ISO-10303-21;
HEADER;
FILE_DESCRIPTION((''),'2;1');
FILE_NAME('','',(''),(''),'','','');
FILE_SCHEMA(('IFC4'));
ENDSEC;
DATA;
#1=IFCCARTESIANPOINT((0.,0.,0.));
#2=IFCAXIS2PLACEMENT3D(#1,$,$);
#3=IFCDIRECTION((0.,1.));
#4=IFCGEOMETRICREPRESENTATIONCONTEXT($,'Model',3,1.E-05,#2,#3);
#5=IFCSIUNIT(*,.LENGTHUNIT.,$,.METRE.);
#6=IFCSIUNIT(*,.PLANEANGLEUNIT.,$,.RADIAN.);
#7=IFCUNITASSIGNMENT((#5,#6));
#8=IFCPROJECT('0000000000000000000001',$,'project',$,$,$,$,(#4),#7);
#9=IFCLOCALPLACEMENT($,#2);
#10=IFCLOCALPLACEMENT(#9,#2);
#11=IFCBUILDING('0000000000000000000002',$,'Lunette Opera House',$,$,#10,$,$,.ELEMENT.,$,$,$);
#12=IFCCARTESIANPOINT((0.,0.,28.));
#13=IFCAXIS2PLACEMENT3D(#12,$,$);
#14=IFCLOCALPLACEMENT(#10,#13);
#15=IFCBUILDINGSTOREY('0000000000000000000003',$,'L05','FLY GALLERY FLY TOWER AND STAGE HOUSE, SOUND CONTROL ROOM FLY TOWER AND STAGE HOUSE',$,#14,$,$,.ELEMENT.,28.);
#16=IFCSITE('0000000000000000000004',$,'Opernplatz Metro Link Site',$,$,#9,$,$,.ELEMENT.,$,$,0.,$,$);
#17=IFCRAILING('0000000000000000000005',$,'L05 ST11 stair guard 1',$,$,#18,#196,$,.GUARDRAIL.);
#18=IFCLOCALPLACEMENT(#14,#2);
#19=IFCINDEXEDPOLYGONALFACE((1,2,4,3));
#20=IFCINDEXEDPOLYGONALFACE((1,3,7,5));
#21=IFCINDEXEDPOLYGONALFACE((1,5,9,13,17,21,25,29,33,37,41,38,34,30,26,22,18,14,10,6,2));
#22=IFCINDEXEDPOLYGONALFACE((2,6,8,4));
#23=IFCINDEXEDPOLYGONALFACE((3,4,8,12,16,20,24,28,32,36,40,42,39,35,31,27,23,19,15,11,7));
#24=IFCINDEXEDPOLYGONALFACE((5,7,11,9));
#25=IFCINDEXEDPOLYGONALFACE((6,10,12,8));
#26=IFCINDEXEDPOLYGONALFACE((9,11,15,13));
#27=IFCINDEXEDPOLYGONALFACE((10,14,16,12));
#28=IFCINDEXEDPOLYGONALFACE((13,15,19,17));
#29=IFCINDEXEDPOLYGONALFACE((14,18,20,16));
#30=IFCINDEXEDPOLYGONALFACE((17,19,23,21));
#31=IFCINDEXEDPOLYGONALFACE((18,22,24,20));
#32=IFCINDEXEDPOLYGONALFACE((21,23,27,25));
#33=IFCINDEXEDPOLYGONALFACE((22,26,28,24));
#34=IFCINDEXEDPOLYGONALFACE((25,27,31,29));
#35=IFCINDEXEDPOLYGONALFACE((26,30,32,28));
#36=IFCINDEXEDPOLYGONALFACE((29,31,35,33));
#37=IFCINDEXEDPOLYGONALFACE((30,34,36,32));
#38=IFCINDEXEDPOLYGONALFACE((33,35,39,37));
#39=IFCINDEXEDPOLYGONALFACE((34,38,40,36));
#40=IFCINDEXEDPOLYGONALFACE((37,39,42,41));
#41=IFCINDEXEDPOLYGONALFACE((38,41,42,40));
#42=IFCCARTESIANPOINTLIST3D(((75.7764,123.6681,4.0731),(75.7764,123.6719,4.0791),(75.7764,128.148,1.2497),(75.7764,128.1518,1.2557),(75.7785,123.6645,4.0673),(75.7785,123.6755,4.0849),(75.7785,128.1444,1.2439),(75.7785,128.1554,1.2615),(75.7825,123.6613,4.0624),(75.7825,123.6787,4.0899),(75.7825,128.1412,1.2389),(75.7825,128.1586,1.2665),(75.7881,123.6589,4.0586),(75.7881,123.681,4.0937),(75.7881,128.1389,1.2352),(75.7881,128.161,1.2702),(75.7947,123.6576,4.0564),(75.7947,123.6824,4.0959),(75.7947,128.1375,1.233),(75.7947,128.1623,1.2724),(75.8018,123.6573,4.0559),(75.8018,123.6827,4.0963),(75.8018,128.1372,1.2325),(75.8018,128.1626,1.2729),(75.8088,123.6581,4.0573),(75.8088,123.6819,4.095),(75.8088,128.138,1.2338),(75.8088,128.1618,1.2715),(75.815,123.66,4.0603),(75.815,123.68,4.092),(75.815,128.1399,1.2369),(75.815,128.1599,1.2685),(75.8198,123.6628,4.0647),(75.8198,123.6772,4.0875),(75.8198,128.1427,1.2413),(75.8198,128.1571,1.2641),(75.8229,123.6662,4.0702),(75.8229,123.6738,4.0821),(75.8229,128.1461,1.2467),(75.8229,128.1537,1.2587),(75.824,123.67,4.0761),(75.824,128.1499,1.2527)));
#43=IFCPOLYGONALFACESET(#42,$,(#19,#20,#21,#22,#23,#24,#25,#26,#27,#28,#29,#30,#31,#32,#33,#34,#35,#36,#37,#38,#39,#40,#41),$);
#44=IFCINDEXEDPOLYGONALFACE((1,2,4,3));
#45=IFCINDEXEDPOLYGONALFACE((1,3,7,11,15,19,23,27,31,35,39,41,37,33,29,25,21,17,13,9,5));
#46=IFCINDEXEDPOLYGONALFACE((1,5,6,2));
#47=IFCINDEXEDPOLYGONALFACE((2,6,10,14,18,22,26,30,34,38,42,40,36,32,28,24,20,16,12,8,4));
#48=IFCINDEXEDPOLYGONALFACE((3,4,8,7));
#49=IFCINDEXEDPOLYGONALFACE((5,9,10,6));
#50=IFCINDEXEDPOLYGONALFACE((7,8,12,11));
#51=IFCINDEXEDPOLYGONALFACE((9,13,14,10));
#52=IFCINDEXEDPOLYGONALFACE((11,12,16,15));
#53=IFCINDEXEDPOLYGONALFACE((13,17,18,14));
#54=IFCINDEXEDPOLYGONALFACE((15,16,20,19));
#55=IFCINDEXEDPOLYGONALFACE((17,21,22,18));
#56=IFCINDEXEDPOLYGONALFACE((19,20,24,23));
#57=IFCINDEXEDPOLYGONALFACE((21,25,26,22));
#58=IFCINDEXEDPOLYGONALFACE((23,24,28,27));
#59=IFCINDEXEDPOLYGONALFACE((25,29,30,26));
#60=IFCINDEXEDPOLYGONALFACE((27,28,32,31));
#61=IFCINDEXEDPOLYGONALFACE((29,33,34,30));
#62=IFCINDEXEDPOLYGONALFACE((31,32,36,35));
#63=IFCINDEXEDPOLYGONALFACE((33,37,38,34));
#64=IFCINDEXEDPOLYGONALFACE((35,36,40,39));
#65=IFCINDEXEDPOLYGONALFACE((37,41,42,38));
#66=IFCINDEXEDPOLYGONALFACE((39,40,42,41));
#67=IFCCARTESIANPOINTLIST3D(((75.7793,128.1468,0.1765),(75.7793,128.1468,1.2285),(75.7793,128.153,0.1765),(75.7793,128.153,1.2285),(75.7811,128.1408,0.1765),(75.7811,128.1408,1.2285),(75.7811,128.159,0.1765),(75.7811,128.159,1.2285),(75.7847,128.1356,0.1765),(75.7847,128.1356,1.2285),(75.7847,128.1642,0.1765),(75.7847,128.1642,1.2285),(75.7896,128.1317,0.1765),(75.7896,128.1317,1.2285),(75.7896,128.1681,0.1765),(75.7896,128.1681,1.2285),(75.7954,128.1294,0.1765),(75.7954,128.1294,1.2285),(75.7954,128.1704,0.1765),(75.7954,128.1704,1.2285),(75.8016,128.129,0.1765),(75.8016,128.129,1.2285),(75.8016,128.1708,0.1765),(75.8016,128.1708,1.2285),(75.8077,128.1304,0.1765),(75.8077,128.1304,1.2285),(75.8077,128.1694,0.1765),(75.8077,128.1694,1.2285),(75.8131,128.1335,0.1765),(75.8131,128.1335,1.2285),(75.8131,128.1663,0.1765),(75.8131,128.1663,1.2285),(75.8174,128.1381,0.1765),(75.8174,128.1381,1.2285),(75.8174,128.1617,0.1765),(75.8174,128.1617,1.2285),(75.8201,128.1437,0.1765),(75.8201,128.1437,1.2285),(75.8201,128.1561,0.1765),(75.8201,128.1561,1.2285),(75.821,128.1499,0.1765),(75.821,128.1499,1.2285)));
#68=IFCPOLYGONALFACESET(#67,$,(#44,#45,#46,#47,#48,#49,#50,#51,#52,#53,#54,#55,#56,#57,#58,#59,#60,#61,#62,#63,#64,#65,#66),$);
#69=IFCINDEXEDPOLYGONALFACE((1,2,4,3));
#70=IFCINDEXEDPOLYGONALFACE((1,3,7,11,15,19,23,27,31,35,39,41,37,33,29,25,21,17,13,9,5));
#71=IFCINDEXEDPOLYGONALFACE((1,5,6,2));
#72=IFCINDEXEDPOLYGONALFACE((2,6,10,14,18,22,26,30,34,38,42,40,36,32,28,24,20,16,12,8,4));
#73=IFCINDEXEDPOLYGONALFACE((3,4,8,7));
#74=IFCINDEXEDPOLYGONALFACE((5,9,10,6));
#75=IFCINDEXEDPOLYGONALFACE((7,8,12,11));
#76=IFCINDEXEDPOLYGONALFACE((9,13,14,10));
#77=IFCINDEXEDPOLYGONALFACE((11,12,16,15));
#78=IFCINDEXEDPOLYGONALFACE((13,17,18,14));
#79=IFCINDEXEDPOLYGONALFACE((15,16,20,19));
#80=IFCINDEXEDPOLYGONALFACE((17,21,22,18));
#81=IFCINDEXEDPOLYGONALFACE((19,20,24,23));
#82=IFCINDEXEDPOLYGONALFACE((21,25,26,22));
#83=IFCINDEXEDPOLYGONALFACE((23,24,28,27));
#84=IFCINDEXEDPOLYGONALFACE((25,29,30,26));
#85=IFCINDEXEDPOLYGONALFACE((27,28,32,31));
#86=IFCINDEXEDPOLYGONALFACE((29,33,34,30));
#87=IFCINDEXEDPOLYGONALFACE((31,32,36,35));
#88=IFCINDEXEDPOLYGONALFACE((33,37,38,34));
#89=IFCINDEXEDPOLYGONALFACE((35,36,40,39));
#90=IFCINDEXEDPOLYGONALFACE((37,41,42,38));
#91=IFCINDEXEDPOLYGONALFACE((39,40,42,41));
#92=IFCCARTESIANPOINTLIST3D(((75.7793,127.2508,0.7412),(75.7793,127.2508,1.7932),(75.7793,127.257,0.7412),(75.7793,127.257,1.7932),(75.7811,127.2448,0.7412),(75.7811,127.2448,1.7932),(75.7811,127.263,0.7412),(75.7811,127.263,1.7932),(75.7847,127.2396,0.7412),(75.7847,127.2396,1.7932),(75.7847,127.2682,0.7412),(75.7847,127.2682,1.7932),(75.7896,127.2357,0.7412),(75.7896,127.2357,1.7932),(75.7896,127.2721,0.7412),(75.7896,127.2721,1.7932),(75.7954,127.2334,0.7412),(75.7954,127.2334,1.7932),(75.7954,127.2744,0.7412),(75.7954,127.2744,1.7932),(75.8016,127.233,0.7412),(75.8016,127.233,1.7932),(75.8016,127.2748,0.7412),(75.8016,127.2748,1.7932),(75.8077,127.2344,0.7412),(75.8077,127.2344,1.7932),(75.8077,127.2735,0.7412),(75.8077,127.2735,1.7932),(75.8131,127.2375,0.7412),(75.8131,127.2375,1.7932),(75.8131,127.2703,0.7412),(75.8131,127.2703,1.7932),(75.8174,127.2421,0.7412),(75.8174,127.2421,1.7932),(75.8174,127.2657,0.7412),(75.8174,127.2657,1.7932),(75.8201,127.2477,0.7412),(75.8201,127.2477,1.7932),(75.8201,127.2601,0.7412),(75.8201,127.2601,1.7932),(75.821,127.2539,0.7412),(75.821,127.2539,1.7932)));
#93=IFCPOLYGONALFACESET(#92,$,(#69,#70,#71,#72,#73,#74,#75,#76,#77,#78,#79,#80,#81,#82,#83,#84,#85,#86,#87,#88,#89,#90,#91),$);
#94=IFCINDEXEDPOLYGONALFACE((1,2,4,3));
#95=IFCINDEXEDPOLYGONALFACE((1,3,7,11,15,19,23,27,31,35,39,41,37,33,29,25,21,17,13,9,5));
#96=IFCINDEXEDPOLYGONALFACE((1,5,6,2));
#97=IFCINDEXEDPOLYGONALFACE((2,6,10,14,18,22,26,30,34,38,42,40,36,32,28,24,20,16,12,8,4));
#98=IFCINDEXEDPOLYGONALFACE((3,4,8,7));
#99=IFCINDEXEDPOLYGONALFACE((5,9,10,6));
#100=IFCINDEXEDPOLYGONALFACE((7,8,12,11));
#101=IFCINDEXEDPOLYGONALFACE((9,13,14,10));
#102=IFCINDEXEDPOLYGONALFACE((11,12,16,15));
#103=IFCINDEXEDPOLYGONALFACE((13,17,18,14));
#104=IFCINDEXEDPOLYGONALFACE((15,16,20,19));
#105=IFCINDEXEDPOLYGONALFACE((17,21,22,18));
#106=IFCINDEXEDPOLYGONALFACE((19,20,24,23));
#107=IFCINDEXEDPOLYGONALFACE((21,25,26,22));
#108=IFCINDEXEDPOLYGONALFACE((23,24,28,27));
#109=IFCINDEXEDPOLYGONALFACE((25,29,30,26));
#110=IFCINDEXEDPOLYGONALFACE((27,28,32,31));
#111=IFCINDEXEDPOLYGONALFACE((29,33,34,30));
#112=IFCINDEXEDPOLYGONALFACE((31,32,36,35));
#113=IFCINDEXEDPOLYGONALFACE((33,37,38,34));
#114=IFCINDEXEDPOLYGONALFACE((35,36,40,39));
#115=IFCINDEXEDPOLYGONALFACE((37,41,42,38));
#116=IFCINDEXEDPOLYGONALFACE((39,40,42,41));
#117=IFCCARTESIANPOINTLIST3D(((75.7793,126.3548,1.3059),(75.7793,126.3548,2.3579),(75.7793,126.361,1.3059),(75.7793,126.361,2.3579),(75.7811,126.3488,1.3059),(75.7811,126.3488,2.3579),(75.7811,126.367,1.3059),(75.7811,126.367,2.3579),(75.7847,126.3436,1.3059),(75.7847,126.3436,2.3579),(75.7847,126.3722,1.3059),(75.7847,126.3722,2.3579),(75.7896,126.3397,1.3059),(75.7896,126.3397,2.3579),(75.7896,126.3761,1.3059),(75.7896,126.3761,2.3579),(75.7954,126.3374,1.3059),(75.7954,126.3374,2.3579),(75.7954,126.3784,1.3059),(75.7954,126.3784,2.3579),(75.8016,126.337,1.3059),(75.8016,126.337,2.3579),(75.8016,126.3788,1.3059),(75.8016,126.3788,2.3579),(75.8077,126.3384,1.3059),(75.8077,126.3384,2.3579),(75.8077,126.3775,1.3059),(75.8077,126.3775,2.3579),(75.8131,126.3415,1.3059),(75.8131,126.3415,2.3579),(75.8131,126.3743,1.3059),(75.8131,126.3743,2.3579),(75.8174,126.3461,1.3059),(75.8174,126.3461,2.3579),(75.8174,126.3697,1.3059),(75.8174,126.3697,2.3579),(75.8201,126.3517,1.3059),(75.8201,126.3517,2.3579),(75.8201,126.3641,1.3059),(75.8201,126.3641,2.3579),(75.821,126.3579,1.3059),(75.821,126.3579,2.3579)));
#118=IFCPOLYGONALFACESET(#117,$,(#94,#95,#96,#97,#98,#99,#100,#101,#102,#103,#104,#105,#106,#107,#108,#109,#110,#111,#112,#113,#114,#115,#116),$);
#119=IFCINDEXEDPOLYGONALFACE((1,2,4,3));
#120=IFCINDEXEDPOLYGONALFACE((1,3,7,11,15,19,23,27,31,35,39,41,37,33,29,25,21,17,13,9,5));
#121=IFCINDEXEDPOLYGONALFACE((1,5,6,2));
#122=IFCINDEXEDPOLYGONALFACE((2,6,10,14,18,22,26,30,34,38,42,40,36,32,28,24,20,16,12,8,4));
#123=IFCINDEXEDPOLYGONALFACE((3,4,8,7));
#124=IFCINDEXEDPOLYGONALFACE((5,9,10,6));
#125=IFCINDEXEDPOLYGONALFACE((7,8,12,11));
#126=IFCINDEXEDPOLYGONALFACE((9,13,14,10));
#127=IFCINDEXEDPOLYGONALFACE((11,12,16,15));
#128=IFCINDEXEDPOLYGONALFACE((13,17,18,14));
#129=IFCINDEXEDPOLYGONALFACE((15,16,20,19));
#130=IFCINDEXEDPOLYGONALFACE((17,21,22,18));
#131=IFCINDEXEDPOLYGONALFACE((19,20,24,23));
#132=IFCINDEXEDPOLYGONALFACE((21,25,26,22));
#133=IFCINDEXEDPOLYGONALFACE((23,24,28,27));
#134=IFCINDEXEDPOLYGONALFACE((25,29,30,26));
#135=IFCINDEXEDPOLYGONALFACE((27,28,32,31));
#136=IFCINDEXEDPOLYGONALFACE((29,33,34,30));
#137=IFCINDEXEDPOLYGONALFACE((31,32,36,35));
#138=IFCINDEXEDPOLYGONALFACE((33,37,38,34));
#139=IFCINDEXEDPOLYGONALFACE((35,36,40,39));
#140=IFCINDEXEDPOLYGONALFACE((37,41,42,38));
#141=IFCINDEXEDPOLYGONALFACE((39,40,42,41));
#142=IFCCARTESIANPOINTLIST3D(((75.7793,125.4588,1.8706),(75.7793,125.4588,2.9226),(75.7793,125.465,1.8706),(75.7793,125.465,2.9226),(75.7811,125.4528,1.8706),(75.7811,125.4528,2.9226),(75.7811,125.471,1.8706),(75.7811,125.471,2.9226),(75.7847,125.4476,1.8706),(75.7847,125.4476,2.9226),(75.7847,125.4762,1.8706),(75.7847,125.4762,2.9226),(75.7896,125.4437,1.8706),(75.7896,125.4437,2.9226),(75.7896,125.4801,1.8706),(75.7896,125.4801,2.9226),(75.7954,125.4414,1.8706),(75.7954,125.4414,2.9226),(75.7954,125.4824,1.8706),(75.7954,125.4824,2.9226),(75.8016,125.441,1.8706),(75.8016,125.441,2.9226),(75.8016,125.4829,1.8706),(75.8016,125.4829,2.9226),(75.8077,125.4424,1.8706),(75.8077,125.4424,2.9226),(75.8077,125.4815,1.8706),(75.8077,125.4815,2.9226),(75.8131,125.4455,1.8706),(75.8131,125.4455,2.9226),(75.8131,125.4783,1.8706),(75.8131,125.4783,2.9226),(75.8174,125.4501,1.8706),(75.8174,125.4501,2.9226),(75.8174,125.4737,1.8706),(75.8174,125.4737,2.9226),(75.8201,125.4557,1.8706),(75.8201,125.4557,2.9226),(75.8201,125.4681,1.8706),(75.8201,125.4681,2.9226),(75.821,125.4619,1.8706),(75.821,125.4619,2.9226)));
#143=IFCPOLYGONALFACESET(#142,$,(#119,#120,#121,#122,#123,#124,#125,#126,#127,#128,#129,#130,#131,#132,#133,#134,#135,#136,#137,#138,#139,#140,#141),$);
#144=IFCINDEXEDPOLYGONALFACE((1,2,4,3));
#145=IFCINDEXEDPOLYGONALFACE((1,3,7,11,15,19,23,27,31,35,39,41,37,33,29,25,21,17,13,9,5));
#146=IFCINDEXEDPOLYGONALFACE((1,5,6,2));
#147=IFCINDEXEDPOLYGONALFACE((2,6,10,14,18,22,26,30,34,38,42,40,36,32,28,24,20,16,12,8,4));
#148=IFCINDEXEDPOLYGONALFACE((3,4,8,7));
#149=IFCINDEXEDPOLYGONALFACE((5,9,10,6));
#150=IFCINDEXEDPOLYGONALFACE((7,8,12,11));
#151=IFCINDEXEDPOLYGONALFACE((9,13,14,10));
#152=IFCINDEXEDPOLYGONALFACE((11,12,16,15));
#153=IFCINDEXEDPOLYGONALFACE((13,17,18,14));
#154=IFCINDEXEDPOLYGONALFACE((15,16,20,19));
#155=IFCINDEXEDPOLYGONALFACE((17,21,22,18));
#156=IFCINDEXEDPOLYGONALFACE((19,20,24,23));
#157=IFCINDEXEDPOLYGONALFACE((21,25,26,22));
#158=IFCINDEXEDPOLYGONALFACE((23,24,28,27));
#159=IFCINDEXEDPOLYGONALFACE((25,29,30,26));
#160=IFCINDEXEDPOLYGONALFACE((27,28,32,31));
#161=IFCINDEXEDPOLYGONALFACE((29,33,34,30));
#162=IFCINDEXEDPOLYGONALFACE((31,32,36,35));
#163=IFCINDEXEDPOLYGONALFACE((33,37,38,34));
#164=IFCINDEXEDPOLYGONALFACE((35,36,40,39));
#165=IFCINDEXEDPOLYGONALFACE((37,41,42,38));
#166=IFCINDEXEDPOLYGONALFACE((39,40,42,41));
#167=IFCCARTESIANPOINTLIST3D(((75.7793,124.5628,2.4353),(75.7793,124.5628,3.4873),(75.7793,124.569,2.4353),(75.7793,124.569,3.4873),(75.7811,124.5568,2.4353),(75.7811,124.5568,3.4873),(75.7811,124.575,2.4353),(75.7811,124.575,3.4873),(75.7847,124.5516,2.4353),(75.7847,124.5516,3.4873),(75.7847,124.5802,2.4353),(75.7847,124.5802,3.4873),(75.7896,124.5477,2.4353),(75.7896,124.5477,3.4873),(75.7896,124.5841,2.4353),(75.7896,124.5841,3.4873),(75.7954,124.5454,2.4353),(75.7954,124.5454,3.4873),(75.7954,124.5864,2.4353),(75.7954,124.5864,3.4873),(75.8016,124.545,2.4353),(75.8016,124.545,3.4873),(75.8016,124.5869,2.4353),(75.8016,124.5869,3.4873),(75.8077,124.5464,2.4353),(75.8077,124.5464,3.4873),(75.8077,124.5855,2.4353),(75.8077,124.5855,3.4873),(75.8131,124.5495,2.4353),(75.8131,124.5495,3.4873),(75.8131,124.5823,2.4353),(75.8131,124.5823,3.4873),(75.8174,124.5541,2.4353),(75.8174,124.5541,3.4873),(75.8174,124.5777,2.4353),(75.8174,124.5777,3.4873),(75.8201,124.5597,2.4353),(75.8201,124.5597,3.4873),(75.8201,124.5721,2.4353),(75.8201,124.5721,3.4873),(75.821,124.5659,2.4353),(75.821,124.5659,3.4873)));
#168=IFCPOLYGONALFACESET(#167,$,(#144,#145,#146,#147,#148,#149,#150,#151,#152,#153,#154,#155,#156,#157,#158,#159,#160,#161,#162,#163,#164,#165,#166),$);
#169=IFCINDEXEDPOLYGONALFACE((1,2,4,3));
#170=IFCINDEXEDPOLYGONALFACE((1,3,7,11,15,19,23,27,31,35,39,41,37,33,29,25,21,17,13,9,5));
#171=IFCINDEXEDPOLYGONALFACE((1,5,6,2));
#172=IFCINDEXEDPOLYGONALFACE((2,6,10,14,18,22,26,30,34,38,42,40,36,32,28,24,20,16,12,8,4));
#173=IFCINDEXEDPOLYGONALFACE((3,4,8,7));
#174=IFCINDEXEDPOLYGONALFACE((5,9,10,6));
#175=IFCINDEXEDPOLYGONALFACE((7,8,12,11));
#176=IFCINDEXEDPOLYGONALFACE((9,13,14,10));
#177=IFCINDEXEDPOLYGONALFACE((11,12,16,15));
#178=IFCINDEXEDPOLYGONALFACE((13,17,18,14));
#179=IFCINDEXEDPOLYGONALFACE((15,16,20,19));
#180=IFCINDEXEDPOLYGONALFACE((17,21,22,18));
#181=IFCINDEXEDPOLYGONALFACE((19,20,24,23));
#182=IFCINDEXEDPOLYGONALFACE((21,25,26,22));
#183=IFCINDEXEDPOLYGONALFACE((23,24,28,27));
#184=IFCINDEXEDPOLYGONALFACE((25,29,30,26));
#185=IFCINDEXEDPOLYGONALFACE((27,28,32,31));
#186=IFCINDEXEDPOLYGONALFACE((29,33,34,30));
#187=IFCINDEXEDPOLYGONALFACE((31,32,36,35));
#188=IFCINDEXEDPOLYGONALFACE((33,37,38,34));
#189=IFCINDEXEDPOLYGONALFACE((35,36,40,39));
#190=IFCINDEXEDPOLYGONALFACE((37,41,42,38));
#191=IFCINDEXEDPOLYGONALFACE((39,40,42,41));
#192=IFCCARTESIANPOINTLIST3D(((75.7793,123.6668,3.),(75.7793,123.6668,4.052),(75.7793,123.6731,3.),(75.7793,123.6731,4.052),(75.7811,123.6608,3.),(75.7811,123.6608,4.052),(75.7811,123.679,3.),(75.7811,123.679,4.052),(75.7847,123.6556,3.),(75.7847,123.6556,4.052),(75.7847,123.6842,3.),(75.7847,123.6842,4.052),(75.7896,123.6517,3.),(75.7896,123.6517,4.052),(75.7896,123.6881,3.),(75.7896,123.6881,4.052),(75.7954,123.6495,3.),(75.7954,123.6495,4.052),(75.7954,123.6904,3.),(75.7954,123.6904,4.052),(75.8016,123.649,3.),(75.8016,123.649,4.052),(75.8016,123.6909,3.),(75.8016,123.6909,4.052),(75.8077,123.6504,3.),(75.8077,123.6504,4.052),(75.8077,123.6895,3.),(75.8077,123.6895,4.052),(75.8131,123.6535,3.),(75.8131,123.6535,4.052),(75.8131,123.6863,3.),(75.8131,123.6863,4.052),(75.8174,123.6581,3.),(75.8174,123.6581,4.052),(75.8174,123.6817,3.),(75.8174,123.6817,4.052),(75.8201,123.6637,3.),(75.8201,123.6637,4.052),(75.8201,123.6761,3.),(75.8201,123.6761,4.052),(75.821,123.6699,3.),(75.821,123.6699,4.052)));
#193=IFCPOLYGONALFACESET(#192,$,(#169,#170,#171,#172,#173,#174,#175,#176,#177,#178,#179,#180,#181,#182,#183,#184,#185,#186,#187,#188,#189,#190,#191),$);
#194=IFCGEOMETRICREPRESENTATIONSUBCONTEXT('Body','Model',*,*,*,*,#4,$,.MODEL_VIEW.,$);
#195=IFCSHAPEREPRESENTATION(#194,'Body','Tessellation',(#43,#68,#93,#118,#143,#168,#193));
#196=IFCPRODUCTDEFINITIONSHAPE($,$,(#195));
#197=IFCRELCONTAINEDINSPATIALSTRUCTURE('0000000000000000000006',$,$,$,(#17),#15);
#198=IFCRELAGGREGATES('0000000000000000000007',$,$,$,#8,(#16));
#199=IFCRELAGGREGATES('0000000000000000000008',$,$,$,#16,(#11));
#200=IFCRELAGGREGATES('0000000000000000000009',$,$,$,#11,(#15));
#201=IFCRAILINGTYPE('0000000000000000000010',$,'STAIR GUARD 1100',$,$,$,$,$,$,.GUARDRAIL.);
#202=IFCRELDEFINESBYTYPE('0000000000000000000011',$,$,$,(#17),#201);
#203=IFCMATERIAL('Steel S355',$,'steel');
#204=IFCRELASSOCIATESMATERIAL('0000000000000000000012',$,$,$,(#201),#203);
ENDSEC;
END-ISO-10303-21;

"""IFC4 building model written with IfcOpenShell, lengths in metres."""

from ifc_helpers import new_model, si_unit, direction, frame, origin, origin_2d, place, context, subcontext, project, spatial, circle, extrude, material, type_object, element, save


model = new_model("IFC4")

# Units and contexts
model_context = context("Model", 3, precision=1e-05, world=origin(), true_north=direction((0.0, 1.0)))
body_context = subcontext(model_context, "Body", "Model", "MODEL_VIEW")
ifc_project = project(units=[si_unit("LENGTHUNIT", "METRE"), si_unit("PLANEANGLEUNIT", "RADIAN")], contexts=[model_context])

# Site, building, storey
site_placement = place(None, origin())
site = spatial("IfcSite", under=ifc_project, at=site_placement, Name="Opernplatz Metro Link Site", CompositionType="ELEMENT", RefElevation=0.0)
building_placement = place(site_placement, origin())
building = spatial("IfcBuilding", under=site, at=building_placement, Name="Lunette Opera House", CompositionType="ELEMENT")
storey_placement = place(building_placement, frame((0.0, 0.0, 28.0)))
storey = spatial("IfcBuildingStorey", under=building, at=storey_placement, Name="L05", Description="FLY GALLERY FLY TOWER AND STAGE HOUSE, SOUND CONTROL ROOM FLY TOWER AND STAGE HOUSE", CompositionType="ELEMENT", Elevation=28.0)

# Railing
ifc_material_1 = material(Name="Steel S355", Category="steel")
railing_type_1 = type_object("IfcRailingType", Name="STAIR GUARD 1100", PredefinedType="GUARDRAIL", material=ifc_material_1)
railing_1_placement = place(storey_placement, frame((75.8, 128.1499, 0.1765)))
element("IfcRailing", 1, at=railing_1_placement, inside=storey, type_object=railing_type_1, Name="L05 ST11 stair guard 1", PredefinedType="GUARDRAIL", context=body_context, shape_type="SweptSolid", body=[
    extrude(circle(Radius=0.0239, at=origin_2d()), frame((0.0, 0.0, 1.0762), z_axis=(0.0, -0.845998, 0.533186), x_axis=(1.0, 0.0, 0.0)), (0.0, 0.0, 1.0), 5.2954),
    extrude(circle(Radius=0.021, at=origin_2d()), origin(), (0.0, 0.0, 1.0), 1.052),
    extrude(circle(Radius=0.021, at=origin_2d()), frame((0.0, -0.896, 0.5647)), (0.0, 0.0, 1.0), 1.052),
    extrude(circle(Radius=0.021, at=origin_2d()), frame((0.0, -1.792, 1.1294)), (0.0, 0.0, 1.0), 1.052),
    extrude(circle(Radius=0.021, at=origin_2d()), frame((0.0, -2.688, 1.6941)), (0.0, 0.0, 1.0), 1.052),
    extrude(circle(Radius=0.021, at=origin_2d()), frame((0.0, -3.584, 2.2588)), (0.0, 0.0, 1.0), 1.052),
    extrude(circle(Radius=0.021, at=origin_2d()), frame((0.0, -4.48, 2.8235)), (0.0, 0.0, 1.0), 1.052),
])

save(model, "model.ifc")
